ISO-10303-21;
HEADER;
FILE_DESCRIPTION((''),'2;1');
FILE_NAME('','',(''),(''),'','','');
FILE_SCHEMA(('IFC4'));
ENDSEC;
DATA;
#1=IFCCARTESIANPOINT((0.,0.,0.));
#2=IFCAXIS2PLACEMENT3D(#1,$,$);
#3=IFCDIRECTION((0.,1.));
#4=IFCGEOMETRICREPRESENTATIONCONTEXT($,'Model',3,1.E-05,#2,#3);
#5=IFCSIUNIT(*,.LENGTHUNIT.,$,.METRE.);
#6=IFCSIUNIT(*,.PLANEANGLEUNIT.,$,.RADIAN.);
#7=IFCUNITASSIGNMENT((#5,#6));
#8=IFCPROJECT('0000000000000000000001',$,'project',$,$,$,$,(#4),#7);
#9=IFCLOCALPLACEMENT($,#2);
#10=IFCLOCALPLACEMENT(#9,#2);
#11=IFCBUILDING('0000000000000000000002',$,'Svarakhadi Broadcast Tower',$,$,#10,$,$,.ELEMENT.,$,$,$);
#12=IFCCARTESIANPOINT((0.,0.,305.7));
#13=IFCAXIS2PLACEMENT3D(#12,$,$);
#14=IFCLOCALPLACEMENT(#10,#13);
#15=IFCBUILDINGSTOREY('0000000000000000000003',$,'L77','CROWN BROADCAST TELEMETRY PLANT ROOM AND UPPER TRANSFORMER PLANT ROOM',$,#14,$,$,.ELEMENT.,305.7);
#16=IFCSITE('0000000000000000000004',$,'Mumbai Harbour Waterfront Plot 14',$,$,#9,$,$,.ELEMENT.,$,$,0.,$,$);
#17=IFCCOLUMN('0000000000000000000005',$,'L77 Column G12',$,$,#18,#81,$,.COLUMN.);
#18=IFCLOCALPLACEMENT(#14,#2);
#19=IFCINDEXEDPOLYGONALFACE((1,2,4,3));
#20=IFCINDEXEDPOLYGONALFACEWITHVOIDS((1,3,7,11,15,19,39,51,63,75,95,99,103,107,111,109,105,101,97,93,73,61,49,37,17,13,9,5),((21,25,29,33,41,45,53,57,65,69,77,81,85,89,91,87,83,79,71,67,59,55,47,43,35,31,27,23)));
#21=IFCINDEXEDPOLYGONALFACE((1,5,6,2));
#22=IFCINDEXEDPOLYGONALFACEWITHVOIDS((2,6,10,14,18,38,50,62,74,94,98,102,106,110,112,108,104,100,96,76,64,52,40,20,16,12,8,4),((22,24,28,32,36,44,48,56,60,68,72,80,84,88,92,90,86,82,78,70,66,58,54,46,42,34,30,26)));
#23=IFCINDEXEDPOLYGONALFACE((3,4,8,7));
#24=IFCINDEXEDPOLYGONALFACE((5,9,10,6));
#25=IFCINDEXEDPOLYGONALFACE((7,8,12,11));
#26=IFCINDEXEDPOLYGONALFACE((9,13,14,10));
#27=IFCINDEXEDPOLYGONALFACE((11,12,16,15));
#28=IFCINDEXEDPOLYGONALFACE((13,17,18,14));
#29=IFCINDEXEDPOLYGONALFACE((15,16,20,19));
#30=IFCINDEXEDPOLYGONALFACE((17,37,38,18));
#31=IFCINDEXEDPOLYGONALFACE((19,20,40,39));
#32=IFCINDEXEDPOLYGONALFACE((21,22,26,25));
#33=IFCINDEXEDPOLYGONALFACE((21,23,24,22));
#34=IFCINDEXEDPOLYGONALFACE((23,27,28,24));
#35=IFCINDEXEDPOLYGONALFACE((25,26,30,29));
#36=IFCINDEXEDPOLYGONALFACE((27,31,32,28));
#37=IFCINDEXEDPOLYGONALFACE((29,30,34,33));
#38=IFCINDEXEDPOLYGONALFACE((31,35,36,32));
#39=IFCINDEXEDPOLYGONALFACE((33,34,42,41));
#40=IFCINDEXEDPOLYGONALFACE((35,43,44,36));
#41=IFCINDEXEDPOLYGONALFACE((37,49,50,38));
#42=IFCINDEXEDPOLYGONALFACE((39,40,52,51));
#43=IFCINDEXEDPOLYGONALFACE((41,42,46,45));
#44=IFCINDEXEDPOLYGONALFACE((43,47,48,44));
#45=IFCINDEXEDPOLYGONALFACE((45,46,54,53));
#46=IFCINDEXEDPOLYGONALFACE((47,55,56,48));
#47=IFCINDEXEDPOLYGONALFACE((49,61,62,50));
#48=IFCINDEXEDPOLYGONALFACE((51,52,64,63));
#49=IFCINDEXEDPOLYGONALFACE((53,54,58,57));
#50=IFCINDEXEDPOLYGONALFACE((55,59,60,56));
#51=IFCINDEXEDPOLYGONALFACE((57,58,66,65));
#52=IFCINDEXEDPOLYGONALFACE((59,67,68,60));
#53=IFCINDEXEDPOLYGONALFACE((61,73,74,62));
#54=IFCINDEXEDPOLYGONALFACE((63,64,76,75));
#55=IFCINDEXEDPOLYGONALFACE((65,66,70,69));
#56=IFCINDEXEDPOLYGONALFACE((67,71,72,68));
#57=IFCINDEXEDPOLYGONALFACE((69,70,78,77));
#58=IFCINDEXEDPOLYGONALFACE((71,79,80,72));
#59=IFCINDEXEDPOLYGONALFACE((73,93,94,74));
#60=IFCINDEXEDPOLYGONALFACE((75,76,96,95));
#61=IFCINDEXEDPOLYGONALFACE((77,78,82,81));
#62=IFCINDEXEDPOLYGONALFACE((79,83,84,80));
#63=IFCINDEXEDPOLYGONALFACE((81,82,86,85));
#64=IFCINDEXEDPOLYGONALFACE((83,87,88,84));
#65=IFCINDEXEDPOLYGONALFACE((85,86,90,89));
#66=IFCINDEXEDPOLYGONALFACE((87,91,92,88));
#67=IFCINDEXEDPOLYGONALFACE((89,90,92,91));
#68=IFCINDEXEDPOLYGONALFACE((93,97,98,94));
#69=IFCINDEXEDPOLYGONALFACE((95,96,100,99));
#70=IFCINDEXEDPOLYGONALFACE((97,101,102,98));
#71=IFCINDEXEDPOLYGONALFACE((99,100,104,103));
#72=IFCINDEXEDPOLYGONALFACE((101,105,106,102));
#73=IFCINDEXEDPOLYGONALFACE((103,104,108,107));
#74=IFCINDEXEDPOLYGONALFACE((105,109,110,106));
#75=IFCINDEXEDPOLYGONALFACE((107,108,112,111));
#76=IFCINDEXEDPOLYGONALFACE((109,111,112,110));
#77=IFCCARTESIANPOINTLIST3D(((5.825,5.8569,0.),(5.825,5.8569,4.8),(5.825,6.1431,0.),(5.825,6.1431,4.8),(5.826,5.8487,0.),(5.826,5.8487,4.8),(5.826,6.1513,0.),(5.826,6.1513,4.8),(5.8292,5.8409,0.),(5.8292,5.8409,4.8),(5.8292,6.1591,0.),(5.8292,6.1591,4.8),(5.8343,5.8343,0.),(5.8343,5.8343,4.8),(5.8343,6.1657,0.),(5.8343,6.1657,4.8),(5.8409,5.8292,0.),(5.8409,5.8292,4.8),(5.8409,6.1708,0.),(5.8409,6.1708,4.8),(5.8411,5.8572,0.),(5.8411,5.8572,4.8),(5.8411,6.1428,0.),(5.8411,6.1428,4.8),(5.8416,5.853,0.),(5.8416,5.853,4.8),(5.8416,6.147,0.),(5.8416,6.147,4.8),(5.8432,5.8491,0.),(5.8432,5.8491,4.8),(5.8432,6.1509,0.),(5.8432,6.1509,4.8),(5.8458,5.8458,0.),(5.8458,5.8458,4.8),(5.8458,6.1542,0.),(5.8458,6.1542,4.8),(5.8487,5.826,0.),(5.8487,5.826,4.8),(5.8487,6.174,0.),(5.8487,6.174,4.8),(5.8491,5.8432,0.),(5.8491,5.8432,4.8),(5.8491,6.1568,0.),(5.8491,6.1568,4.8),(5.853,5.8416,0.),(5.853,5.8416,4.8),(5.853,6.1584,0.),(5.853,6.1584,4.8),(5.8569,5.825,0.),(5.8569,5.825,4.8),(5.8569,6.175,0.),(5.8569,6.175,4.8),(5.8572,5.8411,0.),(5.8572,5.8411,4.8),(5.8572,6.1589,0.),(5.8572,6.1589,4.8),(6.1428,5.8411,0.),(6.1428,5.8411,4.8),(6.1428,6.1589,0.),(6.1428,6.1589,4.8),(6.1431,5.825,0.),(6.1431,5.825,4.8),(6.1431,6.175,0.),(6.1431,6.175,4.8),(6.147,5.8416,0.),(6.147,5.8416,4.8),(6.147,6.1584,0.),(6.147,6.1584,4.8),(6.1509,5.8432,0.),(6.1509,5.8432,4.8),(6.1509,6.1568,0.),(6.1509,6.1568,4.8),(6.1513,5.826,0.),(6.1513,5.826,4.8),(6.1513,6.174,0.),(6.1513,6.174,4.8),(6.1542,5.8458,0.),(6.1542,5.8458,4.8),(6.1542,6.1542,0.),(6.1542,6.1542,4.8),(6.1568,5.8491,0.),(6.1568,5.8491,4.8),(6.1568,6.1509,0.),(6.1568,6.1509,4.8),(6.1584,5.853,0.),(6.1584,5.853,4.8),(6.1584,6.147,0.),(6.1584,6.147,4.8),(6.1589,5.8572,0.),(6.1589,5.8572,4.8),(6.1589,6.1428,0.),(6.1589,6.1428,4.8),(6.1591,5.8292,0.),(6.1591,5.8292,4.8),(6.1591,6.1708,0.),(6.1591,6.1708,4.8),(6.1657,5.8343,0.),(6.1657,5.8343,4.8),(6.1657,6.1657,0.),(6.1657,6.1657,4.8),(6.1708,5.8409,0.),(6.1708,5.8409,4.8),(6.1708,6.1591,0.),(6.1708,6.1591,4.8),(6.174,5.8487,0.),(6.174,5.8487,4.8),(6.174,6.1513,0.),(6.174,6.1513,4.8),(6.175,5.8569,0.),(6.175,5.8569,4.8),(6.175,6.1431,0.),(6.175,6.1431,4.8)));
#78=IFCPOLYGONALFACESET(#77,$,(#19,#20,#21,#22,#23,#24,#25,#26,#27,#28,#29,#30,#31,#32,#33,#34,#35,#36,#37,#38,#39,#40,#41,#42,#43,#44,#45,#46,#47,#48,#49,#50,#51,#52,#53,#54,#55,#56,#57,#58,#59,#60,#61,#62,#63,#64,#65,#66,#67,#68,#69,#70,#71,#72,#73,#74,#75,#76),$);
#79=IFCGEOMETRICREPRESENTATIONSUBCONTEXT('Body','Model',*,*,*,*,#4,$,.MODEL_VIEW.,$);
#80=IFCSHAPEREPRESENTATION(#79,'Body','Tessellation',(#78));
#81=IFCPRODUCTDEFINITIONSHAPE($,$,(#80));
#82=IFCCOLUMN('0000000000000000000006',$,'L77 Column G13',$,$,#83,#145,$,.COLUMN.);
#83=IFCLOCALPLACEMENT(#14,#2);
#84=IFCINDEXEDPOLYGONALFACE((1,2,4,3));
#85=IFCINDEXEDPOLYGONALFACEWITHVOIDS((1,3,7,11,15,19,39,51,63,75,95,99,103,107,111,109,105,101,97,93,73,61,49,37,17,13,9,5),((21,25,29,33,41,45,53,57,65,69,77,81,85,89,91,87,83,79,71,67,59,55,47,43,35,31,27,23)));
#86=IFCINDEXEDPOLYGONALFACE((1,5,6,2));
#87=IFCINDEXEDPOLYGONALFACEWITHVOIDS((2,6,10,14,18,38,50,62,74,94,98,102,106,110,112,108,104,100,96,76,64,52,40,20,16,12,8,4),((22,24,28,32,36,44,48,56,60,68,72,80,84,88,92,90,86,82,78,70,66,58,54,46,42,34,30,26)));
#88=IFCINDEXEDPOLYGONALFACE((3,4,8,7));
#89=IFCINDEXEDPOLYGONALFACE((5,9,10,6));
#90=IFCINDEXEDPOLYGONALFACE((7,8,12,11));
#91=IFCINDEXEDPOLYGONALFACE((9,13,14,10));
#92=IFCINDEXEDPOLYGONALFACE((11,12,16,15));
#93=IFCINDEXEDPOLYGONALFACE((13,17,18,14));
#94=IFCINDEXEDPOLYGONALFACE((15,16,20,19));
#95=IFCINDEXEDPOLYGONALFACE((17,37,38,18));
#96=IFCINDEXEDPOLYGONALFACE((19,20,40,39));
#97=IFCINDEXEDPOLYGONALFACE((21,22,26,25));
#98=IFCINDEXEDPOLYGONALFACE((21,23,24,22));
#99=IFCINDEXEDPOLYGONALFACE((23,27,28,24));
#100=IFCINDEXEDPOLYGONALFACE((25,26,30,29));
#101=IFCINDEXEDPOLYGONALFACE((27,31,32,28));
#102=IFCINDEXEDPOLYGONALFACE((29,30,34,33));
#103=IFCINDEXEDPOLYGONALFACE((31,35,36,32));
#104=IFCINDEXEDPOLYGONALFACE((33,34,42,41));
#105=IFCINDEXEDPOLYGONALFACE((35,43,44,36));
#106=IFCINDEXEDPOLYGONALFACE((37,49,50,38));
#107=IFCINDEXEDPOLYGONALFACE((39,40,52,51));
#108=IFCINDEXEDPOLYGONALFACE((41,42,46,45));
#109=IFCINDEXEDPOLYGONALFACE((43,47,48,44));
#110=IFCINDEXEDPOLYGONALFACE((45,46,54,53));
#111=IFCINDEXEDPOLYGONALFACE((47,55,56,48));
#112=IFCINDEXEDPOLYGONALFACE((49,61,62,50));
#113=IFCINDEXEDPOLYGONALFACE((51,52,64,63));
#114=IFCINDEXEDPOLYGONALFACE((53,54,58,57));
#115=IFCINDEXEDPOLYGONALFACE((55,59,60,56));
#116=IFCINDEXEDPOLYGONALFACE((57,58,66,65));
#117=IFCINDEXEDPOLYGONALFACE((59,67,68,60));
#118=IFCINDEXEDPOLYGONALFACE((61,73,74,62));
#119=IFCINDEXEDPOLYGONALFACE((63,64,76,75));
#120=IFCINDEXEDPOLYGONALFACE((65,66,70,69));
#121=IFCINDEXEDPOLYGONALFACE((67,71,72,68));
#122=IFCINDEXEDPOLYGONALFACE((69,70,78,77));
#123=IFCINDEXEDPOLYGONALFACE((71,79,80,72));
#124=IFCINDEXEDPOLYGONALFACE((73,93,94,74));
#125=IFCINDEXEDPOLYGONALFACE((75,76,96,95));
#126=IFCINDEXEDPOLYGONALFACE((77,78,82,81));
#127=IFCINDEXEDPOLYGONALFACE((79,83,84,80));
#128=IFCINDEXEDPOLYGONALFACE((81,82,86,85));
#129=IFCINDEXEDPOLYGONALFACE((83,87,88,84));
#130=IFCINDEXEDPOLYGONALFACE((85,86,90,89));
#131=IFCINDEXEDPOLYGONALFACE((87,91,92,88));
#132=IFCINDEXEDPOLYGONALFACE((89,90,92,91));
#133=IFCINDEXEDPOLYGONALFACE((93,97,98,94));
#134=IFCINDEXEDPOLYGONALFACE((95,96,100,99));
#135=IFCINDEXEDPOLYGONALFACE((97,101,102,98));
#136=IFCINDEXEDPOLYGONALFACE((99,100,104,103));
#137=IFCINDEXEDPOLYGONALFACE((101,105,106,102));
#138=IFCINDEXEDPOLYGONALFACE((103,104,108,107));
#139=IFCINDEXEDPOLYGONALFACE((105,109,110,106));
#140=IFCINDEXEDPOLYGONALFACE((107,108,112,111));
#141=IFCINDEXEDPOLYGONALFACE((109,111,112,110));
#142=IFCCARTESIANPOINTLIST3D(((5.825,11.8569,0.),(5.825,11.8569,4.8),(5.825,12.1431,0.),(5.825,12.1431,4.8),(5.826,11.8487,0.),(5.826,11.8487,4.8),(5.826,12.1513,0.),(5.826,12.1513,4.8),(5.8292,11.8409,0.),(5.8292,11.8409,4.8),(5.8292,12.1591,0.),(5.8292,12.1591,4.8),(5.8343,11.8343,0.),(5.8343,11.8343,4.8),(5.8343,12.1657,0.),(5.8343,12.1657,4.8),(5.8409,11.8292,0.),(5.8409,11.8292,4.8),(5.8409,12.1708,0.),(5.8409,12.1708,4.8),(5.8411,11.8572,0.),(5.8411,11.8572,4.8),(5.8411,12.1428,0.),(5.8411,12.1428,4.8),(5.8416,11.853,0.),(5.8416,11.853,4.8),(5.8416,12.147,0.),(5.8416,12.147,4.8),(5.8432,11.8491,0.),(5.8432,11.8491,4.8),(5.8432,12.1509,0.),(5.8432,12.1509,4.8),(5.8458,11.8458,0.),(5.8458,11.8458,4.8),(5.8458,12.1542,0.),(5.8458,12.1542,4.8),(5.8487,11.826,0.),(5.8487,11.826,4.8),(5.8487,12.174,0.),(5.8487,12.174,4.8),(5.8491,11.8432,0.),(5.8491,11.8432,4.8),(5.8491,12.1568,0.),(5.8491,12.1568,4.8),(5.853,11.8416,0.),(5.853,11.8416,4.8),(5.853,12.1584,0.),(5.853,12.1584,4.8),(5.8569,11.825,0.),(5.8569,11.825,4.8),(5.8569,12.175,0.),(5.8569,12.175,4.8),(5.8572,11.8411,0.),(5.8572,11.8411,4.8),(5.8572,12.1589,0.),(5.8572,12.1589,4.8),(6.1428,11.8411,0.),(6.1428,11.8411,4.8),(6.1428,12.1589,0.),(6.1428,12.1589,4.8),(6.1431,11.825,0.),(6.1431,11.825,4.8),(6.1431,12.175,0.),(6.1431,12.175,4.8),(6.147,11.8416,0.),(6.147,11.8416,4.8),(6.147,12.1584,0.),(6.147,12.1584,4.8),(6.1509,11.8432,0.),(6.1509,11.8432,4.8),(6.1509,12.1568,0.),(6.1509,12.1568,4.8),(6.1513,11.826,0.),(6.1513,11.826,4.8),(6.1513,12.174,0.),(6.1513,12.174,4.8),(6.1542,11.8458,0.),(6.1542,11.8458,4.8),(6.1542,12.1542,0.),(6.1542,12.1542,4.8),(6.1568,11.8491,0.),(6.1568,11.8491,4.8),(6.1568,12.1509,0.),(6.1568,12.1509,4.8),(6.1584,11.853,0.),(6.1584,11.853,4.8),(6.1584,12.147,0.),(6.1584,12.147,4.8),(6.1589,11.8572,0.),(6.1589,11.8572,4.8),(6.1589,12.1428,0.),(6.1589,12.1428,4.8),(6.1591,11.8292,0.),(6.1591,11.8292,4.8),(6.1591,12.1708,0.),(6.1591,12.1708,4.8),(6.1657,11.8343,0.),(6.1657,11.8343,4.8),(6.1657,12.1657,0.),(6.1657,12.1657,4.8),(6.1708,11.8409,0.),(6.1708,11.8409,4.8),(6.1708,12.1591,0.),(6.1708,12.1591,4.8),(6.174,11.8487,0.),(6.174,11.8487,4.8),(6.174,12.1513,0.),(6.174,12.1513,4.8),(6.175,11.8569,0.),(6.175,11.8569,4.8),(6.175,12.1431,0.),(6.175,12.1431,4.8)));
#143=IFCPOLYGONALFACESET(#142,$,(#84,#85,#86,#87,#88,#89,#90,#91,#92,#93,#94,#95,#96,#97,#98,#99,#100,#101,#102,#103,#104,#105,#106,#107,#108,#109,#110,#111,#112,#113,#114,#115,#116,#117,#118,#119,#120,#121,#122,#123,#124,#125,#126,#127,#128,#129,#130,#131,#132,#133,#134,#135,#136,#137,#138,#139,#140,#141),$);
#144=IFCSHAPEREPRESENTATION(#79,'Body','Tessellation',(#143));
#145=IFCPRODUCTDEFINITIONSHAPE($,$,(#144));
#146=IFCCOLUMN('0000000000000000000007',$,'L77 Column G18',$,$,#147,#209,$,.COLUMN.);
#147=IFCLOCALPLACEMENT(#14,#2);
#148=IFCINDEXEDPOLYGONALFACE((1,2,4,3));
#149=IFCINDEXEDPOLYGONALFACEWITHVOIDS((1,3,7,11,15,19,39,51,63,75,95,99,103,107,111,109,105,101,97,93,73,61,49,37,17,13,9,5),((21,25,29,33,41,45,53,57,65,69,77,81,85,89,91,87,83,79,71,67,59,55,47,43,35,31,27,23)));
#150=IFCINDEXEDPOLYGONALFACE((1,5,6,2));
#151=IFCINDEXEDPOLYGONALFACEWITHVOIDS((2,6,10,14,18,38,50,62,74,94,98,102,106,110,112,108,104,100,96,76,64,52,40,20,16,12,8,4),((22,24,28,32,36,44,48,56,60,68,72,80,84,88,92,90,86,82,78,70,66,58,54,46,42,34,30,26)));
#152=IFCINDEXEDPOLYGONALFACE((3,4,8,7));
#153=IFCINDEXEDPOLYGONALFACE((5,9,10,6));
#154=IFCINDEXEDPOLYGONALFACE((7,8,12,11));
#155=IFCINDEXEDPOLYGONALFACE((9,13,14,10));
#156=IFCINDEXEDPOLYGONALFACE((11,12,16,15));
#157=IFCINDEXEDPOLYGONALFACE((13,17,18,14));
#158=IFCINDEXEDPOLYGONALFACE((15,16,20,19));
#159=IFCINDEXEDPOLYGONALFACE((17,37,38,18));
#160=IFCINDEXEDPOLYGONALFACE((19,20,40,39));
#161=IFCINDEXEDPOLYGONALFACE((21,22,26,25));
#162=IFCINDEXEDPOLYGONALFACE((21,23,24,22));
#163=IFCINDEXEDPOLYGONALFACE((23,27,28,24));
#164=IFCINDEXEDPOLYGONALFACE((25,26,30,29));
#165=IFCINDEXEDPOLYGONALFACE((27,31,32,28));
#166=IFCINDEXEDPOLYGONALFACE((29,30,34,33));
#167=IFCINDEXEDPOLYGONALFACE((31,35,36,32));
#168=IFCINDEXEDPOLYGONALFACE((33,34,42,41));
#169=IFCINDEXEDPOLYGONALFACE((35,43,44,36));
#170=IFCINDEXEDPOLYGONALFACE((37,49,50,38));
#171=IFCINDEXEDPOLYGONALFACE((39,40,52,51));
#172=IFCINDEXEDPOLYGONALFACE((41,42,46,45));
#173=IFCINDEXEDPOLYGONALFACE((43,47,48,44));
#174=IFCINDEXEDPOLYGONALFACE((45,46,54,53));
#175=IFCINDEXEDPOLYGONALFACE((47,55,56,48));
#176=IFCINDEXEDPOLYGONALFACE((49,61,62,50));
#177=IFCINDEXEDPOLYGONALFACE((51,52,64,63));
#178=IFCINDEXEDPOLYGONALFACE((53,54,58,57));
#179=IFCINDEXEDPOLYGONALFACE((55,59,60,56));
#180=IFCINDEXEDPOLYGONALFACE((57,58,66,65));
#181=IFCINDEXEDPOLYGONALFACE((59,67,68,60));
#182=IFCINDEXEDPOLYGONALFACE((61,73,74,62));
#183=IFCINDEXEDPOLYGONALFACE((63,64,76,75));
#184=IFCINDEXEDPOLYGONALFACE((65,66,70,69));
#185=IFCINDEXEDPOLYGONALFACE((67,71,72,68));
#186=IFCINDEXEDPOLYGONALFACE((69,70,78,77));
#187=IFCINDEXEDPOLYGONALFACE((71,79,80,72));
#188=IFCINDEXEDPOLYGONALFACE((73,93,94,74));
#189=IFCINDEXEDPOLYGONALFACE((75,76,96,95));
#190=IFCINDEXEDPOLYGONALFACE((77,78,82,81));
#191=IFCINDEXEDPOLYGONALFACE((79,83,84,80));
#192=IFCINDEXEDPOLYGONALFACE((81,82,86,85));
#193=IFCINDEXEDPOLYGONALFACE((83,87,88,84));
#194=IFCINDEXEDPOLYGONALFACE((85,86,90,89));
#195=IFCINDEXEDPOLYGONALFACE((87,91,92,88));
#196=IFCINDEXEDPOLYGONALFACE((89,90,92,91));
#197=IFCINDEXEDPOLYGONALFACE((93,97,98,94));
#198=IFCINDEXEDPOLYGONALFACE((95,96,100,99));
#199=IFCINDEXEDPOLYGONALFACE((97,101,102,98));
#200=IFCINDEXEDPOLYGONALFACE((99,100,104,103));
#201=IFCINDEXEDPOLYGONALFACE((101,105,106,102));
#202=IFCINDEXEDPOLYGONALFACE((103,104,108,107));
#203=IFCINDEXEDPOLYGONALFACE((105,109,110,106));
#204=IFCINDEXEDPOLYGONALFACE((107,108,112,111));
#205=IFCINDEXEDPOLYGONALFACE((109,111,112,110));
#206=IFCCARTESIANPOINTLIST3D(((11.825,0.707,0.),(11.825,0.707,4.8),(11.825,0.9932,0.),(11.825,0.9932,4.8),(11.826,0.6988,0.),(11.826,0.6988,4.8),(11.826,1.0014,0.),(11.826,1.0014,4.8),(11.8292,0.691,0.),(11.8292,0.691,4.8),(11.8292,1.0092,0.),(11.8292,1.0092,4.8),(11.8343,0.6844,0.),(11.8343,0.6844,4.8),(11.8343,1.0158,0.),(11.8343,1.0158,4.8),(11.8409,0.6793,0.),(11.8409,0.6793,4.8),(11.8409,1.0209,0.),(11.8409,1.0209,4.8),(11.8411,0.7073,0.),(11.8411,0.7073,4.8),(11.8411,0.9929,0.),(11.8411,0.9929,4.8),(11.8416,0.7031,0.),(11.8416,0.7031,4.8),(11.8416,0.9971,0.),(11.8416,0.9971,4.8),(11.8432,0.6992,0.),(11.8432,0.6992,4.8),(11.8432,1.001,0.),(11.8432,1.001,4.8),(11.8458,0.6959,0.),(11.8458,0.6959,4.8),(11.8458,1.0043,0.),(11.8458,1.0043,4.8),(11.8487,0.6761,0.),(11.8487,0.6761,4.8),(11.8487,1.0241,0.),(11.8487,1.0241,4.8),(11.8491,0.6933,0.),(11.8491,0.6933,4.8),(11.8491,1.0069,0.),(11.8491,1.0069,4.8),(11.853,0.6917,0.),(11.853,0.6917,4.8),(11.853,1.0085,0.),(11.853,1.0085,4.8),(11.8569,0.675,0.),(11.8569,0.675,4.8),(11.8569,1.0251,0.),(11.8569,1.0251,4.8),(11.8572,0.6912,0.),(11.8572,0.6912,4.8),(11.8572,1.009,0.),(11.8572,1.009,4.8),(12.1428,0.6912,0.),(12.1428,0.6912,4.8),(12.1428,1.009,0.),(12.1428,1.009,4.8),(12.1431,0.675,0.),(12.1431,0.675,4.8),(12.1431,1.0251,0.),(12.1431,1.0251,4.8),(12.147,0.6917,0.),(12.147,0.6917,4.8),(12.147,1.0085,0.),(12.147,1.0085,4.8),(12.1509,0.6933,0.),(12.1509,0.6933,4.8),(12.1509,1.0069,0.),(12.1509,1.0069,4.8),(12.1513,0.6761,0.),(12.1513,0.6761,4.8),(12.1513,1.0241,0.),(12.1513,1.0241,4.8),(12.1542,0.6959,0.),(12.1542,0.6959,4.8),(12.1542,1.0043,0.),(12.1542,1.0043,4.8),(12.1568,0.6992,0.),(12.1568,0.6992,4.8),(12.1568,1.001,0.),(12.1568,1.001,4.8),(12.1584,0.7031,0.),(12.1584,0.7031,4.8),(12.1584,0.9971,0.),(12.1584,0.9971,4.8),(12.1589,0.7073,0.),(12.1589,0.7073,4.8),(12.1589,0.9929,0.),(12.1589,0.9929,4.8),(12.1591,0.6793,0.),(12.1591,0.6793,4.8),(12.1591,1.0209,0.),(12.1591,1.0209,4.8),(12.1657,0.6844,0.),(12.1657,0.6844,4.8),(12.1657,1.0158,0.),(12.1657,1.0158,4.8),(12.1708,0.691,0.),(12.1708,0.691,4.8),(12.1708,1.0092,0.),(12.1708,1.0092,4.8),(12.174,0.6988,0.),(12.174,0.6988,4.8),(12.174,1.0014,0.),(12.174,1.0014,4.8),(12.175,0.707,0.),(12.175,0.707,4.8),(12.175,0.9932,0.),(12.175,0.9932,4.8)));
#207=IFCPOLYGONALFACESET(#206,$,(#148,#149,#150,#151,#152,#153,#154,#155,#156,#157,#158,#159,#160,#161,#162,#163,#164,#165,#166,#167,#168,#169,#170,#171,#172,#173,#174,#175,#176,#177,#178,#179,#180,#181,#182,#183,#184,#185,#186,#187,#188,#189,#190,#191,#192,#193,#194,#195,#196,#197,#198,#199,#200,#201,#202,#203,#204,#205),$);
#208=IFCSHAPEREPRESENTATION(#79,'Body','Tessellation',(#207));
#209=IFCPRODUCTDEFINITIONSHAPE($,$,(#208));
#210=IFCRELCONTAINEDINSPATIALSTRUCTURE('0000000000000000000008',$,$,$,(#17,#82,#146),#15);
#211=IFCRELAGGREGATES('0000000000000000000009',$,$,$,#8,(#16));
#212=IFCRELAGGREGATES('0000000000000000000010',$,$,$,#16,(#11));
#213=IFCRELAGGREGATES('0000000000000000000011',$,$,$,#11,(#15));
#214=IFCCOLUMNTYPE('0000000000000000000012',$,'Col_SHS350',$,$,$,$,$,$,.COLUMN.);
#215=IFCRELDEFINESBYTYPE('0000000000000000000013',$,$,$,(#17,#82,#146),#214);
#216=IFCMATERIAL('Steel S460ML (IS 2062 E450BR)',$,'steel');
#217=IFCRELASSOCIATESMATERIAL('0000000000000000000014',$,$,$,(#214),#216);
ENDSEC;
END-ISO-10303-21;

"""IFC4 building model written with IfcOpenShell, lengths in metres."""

from ifc_helpers import new_model, si_unit, direction, frame, origin, origin_2d, place, context, subcontext, project, spatial, hollow_rectangle, extrude, material, material_profile, profile_set, type_object, element, save


model = new_model("IFC4")

# Units and contexts
model_context = context("Model", 3, precision=1e-05, world=origin(), true_north=direction((0.0, 1.0)))
body_context = subcontext(model_context, "Body", "Model", "MODEL_VIEW")
ifc_project = project(units=[si_unit("LENGTHUNIT", "METRE"), si_unit("PLANEANGLEUNIT", "RADIAN")], contexts=[model_context])

# Site, building, storey
site_placement = place(None, origin())
site = spatial("IfcSite", under=ifc_project, at=site_placement, Name="Mumbai Harbour Waterfront Plot 14", CompositionType="ELEMENT", RefElevation=0.0)
building_placement = place(site_placement, origin())
building = spatial("IfcBuilding", under=site, at=building_placement, Name="Svarakhadi Broadcast Tower", CompositionType="ELEMENT")
storey_placement = place(building_placement, frame((0.0, 0.0, 305.7)))
storey = spatial("IfcBuildingStorey", under=building, at=storey_placement, Name="L77", Description="CROWN BROADCAST TELEMETRY PLANT ROOM AND UPPER TRANSFORMER PLANT ROOM", CompositionType="ELEMENT", Elevation=305.7)

# Columns
ifc_material_1 = material(Name="Steel S460ML (IS 2062 E450BR)", Category="steel")
ifc_material_profile_1 = material_profile(ifc_material_1, hollow_rectangle(XDim=0.3501, YDim=0.3501, WallThickness=0.0161, InnerFilletRadius=0.0161, OuterFilletRadius=0.032, at=origin_2d()), Name="SHS 350x350x16")
ifc_profile_set_1 = profile_set([ifc_material_profile_1], Name="Steel S460ML (IS 2062 E450BR)")
column_type = type_object("IfcColumnType", Name="Col_SHS350", PredefinedType="COLUMN", material=ifc_profile_set_1)
for number, where, z_axis, x_axis, name in (
    (1, (6.0, 6.0, 0.0), (0.0, 0.0, 1.0), (1.0, 0.0, 0.0), "L77 Column G12"),
    (2, (6.0, 12.0, 0.0), (0.0, 0.0, 1.0), (1.0, 0.0, 0.0), "L77 Column G13"),
    (3, (12.0, 0.8501, 0.0), (0.0, 0.0, 1.0), (1.0, 0.0, 0.0), "L77 Column G18"),
):
    element("IfcColumn", number, at=place(storey_placement, frame(where, z_axis=z_axis, x_axis=x_axis)), inside=storey, type_object=column_type, Name=name, PredefinedType="COLUMN", context=body_context, shape_type="SweptSolid", body=[
        extrude(hollow_rectangle(XDim=0.3501, YDim=0.3501, WallThickness=0.0161, InnerFilletRadius=0.0161, OuterFilletRadius=0.032, at=origin_2d()), origin(), (0.0, 0.0, 1.0), 4.8),
    ])

save(model, "model.ifc")
